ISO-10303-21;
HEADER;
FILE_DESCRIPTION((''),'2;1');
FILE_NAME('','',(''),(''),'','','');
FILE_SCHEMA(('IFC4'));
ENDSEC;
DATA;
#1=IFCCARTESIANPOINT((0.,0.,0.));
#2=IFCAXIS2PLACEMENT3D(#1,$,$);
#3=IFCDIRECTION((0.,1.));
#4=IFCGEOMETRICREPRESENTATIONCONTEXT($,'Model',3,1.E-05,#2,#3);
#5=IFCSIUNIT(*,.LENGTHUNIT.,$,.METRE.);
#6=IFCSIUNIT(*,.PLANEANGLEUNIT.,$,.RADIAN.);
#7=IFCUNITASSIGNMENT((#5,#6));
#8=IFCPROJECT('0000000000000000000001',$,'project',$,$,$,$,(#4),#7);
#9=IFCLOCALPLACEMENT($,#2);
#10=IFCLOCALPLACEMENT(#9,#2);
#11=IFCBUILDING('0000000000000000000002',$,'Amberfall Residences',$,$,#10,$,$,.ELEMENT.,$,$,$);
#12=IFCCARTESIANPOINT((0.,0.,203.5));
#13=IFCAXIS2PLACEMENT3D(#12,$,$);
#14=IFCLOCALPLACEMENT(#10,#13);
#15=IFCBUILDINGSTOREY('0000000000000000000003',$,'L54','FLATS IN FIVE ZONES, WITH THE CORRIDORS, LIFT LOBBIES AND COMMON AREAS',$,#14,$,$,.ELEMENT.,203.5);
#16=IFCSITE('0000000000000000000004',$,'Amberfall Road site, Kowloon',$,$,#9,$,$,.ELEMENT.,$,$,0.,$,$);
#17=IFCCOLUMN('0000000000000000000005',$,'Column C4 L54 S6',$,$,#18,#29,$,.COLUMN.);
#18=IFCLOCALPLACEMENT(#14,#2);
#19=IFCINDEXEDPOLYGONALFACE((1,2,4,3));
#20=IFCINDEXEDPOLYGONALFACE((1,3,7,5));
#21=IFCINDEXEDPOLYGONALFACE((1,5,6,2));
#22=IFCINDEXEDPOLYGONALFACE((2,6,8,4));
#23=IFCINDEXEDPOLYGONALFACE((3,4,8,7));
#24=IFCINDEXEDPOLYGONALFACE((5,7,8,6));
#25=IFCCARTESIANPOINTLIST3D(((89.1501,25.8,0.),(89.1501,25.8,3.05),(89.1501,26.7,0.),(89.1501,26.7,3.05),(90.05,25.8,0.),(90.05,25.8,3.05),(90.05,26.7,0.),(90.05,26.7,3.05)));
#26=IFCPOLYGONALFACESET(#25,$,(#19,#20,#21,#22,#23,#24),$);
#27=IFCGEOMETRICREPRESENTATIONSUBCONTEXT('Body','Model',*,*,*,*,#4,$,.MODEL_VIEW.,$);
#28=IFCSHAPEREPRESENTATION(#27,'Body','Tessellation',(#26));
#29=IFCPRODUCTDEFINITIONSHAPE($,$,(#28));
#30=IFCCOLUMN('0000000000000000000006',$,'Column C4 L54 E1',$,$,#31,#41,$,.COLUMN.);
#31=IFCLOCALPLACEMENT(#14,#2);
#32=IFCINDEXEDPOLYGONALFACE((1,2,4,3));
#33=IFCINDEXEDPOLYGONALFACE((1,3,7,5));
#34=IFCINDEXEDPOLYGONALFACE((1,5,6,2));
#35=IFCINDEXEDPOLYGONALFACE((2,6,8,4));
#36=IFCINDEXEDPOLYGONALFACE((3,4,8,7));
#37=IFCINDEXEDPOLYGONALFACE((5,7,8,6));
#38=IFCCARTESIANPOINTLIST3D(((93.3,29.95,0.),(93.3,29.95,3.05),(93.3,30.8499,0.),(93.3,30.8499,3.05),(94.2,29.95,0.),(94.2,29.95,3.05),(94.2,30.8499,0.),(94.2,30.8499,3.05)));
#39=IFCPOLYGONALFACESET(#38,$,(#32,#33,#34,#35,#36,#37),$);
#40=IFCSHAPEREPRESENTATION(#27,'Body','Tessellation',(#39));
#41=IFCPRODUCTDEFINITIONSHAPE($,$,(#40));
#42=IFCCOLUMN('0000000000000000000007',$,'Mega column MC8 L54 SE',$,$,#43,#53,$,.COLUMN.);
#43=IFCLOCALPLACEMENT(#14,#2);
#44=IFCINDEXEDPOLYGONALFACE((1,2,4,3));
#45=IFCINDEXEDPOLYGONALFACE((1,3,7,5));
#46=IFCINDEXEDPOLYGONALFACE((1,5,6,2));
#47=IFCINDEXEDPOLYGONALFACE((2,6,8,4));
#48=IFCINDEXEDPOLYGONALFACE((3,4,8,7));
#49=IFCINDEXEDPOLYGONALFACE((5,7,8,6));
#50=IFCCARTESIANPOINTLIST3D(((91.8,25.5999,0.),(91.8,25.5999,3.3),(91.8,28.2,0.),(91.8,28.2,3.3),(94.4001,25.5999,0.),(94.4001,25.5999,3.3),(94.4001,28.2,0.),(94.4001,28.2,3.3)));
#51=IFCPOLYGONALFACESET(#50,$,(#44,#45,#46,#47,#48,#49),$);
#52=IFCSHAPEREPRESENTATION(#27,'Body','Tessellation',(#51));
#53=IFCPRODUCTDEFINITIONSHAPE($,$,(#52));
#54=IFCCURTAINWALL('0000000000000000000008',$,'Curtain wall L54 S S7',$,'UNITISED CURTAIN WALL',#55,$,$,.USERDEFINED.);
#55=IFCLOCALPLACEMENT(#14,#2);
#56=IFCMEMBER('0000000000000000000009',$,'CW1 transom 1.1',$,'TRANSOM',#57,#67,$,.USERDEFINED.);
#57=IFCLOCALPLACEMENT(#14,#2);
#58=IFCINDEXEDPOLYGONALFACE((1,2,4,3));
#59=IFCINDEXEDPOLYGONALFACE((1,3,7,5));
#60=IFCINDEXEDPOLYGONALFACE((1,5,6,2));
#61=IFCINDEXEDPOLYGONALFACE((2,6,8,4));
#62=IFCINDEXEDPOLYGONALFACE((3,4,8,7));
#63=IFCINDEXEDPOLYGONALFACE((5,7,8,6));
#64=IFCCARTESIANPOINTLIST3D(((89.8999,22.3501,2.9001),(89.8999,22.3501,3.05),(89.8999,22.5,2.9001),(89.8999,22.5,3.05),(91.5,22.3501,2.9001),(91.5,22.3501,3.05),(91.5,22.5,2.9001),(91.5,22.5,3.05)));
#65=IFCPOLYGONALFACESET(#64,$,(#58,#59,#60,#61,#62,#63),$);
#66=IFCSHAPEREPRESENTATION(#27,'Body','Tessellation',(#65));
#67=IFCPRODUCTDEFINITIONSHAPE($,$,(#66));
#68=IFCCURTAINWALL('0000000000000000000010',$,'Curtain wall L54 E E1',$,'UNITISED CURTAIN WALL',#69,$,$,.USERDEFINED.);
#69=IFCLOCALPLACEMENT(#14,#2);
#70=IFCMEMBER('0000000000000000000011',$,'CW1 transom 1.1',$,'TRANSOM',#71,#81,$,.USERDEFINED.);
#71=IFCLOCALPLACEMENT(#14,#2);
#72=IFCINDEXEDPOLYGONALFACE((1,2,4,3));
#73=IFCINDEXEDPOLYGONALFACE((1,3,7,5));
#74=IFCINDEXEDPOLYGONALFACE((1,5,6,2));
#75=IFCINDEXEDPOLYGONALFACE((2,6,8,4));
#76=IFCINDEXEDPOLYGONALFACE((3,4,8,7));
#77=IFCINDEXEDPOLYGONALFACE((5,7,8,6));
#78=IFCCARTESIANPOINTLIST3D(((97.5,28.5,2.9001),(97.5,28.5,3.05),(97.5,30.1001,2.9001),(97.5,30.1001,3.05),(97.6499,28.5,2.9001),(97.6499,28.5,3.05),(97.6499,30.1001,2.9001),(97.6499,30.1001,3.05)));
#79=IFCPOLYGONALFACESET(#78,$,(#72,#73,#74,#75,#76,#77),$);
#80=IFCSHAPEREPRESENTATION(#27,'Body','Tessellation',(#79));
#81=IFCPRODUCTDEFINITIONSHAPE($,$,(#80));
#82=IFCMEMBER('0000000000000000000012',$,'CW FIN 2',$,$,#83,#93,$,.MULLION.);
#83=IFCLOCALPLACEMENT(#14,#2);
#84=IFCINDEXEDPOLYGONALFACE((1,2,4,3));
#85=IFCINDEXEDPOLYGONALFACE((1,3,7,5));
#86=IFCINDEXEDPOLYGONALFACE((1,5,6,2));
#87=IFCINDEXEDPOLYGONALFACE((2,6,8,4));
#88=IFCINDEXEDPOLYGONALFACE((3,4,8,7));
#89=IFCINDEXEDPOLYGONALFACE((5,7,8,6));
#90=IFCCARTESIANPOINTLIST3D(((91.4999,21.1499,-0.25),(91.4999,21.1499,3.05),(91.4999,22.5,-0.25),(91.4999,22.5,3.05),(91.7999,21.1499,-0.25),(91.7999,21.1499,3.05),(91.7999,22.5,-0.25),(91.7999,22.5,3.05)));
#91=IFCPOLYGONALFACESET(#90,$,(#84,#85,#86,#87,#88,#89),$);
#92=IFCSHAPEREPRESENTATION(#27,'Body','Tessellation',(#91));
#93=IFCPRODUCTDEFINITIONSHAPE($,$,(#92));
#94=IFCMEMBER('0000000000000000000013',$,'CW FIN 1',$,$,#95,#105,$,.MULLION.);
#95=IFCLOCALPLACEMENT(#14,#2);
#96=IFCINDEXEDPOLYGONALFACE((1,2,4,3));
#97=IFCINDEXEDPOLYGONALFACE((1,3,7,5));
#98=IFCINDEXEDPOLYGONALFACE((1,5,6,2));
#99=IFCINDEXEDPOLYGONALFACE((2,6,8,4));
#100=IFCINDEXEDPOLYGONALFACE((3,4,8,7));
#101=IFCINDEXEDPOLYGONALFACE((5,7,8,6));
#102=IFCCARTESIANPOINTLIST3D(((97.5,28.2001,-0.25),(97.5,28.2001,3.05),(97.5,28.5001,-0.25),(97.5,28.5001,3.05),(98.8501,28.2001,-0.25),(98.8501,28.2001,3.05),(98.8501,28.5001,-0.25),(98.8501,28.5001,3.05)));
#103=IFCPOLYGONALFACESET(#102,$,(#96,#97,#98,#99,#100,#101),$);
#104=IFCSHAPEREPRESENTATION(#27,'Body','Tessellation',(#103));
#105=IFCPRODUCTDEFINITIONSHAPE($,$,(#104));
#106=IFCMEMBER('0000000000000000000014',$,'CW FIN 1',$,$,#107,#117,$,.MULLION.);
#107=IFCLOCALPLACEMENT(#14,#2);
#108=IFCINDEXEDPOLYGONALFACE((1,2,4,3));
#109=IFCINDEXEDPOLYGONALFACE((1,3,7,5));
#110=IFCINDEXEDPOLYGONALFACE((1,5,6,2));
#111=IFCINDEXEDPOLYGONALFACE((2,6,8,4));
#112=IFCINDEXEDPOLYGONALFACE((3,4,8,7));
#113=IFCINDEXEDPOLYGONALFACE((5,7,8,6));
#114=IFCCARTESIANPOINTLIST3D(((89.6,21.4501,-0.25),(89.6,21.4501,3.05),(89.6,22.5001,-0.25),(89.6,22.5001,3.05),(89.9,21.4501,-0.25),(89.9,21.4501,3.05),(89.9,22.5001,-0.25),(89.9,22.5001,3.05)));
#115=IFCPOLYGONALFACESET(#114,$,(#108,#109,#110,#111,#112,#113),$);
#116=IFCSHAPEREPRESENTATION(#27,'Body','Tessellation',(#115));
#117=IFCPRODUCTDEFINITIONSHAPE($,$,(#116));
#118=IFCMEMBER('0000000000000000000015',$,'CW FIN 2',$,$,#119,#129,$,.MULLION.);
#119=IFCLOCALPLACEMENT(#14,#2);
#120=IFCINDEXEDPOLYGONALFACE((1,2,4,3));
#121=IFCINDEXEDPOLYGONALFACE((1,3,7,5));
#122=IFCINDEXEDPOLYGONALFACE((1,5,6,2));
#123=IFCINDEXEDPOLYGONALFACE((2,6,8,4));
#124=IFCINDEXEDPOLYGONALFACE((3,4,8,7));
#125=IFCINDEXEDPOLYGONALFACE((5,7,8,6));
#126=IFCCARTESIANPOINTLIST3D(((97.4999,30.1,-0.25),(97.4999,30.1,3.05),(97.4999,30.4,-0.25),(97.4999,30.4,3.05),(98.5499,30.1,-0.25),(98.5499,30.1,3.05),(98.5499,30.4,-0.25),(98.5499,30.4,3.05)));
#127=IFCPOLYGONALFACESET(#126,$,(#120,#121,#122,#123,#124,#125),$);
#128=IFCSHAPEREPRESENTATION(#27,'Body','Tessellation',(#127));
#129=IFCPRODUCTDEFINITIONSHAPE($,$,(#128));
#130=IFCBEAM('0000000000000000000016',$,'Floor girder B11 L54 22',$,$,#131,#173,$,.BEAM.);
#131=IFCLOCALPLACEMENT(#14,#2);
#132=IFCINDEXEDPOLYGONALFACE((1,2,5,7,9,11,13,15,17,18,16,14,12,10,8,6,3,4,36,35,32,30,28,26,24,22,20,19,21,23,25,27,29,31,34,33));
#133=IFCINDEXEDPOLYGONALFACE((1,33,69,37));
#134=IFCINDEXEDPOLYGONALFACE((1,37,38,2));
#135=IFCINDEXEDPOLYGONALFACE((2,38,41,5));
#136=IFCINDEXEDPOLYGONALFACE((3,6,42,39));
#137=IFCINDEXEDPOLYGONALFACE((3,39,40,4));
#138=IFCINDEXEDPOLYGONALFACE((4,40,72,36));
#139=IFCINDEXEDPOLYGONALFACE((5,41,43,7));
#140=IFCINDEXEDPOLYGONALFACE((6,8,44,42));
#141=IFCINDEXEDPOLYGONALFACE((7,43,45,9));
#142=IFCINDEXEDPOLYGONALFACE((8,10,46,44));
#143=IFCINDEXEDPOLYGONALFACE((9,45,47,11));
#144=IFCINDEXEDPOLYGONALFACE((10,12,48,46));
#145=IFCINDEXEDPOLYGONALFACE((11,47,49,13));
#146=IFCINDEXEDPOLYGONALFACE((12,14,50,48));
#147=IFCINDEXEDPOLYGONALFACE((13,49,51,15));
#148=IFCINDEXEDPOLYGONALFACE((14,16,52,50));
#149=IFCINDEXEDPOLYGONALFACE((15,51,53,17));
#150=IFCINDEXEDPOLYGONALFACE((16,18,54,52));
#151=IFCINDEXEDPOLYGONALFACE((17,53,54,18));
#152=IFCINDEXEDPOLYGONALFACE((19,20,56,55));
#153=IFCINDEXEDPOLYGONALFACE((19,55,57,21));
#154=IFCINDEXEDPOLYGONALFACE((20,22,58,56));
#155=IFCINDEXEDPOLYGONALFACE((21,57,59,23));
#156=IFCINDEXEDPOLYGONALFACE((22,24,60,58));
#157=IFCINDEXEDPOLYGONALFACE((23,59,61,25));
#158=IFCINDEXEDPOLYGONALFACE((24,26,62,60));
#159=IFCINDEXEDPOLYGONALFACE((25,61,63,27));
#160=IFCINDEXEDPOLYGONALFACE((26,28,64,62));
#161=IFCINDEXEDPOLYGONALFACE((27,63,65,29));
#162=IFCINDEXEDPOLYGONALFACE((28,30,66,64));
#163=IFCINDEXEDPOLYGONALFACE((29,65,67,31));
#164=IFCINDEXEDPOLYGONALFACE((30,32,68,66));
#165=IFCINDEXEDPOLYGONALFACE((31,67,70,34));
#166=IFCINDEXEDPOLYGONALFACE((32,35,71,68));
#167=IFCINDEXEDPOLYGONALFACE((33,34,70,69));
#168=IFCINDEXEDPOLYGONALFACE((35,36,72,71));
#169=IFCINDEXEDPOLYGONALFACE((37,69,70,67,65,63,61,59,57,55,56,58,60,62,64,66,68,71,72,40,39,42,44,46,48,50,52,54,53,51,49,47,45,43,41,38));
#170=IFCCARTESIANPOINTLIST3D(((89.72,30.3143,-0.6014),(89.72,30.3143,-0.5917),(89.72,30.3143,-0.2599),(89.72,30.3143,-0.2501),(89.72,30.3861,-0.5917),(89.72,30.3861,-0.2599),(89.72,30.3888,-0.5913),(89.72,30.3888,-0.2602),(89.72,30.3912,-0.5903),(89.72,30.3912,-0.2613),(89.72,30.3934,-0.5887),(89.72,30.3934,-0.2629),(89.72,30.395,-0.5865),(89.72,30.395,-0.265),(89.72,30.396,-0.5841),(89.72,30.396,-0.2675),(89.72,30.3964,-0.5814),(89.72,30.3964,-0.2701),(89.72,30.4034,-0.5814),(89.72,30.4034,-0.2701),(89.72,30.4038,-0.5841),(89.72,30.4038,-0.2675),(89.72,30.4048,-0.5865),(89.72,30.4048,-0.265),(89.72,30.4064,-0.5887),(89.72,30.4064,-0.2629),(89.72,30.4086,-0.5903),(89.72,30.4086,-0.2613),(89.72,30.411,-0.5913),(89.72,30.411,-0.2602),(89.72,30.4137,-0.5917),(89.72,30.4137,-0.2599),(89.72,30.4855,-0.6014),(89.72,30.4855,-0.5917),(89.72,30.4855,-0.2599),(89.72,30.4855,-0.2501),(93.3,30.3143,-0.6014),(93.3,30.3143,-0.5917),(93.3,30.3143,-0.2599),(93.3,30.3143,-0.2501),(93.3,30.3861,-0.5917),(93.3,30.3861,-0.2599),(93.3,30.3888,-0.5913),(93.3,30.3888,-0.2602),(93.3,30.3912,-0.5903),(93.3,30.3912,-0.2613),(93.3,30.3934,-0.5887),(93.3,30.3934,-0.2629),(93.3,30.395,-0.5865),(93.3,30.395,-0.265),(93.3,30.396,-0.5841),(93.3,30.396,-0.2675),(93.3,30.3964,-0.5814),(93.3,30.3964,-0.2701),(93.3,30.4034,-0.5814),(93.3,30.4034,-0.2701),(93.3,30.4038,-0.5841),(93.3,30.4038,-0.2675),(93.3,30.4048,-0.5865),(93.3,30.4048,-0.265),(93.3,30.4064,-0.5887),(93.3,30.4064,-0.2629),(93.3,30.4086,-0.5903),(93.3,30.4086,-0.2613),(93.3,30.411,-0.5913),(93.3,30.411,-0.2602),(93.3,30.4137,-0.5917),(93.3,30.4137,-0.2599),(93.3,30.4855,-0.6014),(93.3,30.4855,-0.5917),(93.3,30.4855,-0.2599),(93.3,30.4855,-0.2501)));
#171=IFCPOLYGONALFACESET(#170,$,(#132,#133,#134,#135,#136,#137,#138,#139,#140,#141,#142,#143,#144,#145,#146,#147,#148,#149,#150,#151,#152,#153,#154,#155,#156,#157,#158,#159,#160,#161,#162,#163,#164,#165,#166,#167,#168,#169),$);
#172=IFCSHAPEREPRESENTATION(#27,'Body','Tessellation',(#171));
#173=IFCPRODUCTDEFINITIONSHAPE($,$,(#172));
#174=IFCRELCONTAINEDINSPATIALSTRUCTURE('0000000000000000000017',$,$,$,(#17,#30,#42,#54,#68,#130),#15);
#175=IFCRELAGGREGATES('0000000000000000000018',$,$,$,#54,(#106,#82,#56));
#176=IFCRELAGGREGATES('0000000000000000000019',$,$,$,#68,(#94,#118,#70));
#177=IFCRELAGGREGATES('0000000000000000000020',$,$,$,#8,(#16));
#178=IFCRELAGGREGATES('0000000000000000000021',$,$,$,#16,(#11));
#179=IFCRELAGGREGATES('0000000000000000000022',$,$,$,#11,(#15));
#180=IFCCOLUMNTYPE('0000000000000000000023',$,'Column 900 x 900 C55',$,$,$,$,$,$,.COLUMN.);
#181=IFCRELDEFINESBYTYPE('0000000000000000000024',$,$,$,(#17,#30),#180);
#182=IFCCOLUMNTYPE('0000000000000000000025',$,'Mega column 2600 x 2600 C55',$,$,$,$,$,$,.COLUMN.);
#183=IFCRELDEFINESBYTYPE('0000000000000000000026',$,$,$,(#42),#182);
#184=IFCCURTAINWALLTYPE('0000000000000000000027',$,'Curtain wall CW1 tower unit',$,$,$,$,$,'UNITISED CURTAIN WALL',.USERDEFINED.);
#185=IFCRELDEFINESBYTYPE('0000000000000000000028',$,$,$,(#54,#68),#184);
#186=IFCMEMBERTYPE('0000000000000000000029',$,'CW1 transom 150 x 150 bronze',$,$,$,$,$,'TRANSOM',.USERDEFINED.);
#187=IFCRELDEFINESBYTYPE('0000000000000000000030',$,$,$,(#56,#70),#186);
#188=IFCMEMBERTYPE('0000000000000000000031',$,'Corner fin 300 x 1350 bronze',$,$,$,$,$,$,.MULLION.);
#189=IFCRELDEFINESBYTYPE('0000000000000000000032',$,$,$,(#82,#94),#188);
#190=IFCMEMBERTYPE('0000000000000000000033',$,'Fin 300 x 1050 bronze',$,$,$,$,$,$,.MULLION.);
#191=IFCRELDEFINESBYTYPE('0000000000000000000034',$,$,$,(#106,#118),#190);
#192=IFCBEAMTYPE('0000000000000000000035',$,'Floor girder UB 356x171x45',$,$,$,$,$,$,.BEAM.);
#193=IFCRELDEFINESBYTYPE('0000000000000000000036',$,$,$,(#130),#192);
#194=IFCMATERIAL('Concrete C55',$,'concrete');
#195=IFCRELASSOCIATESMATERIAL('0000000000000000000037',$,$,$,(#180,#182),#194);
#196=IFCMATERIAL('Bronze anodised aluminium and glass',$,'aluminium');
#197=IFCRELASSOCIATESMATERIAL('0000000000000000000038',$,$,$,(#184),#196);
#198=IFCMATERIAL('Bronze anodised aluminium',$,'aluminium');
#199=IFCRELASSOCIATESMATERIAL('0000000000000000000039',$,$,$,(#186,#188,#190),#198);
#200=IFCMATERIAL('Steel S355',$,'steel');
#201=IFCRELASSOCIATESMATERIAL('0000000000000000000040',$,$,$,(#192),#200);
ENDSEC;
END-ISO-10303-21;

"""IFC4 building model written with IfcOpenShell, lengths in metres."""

from ifc_helpers import new_model, si_unit, direction, frame, origin, origin_2d, place, context, subcontext, project, spatial, rectangle, i_section, extrude, material, material_profile, profile_set, type_object, element, aggregate, save


model = new_model("IFC4")

# Units and contexts
model_context = context("Model", 3, precision=1e-05, world=origin(), true_north=direction((0.0, 1.0)))
body_context = subcontext(model_context, "Body", "Model", "MODEL_VIEW")
ifc_project = project(units=[si_unit("LENGTHUNIT", "METRE"), si_unit("PLANEANGLEUNIT", "RADIAN")], contexts=[model_context])

# Site, building, storey
site_placement = place(None, origin())
site = spatial("IfcSite", under=ifc_project, at=site_placement, Name="Amberfall Road site, Kowloon", CompositionType="ELEMENT", RefElevation=0.0)
building_placement = place(site_placement, origin())
building = spatial("IfcBuilding", under=site, at=building_placement, Name="Amberfall Residences", CompositionType="ELEMENT")
storey_placement = place(building_placement, frame((0.0, 0.0, 203.5)))
storey = spatial("IfcBuildingStorey", under=building, at=storey_placement, Name="L54", Description="FLATS IN FIVE ZONES, WITH THE CORRIDORS, LIFT LOBBIES AND COMMON AREAS", CompositionType="ELEMENT", Elevation=203.5)

# Columns
ifc_material_1 = material(Name="Concrete C55", Category="concrete")
ifc_material_profile_1 = material_profile(ifc_material_1, rectangle(XDim=0.8999, YDim=0.8999, at=origin_2d()), Name="Column 900 x 900 C55")
ifc_profile_set_1 = profile_set([ifc_material_profile_1], Name="Concrete C55")
column_type_1 = type_object("IfcColumnType", Name="Column 900 x 900 C55", PredefinedType="COLUMN", material=ifc_profile_set_1)
for number, where, z_axis, x_axis, name in (
    (1, (89.6001, 26.25, 0.0), (0.0, 0.0, 1.0), (1.0, 0.0, 0.0), "Column C4 L54 S6"),
    (2, (93.75, 30.3999, 0.0), (0.0, 0.0, 1.0), (1.0, 0.0, 0.0), "Column C4 L54 E1"),
):
    element("IfcColumn", number, at=place(storey_placement, frame(where, z_axis=z_axis, x_axis=x_axis)), inside=storey, type_object=column_type_1, Name=name, PredefinedType="COLUMN", context=body_context, shape_type="SweptSolid", body=[
        extrude(rectangle(XDim=0.8999, YDim=0.8999, at=origin_2d()), origin(), (0.0, 0.0, 1.0), 3.05),
    ])
ifc_material_profile_2 = material_profile(ifc_material_1, rectangle(XDim=2.6001, YDim=2.6001, at=origin_2d()), Name="Mega column 2600 x 2600 C55")
ifc_profile_set_2 = profile_set([ifc_material_profile_2], Name="Concrete C55")
column_type_2 = type_object("IfcColumnType", Name="Mega column 2600 x 2600 C55", PredefinedType="COLUMN", material=ifc_profile_set_2)
column_placement = place(storey_placement, frame((93.1001, 26.8999, 0.0), z_axis=(0.0, 0.0, 1.0), x_axis=(1.0, 0.0, 0.0)))
element("IfcColumn", 3, at=column_placement, inside=storey, type_object=column_type_2, Name="Mega column MC8 L54 SE", PredefinedType="COLUMN", context=body_context, shape_type="SweptSolid", body=[
    extrude(rectangle(XDim=2.6001, YDim=2.6001, at=origin_2d()), origin(), (0.0, 0.0, 1.0), 3.3),
])

# Curtain walls, members
ifc_material_2 = material(Name="Bronze anodised aluminium and glass", Category="aluminium")
curtain_wall_type = type_object("IfcCurtainWallType", Name="Curtain wall CW1 tower unit", ElementType="UNITISED CURTAIN WALL", PredefinedType="USERDEFINED", material=ifc_material_2)
curtain_wall_1_placement = place(storey_placement, origin())
curtain_wall_1 = element("IfcCurtainWall", 4, at=curtain_wall_1_placement, inside=storey, type_object=curtain_wall_type, Name="Curtain wall L54 S S7", ObjectType="UNITISED CURTAIN WALL", PredefinedType="USERDEFINED")
ifc_material_3 = material(Name="Bronze anodised aluminium", Category="aluminium")
ifc_material_profile_3 = material_profile(ifc_material_3, rectangle(XDim=0.1499, YDim=0.1499, at=origin_2d()), Name="CW1 transom 150 x 150 bronze")
ifc_profile_set_3 = profile_set([ifc_material_profile_3], Name="Bronze anodised aluminium")
member_type_1 = type_object("IfcMemberType", Name="CW1 transom 150 x 150 bronze", ElementType="TRANSOM", PredefinedType="USERDEFINED", material=ifc_profile_set_3)
member_1_placement = place(storey_placement, frame((89.8999, 22.425, 2.9751), z_axis=(1.0, 0.0, 0.0), x_axis=(0.0, 1.0, 0.0)))
member_1 = element("IfcMember", 5, at=member_1_placement, type_object=member_type_1, Name="CW1 transom 1.1", ObjectType="TRANSOM", PredefinedType="USERDEFINED", context=body_context, shape_type="SweptSolid", body=[
    extrude(rectangle(XDim=0.1499, YDim=0.1499, at=origin_2d()), origin(), (0.0, 0.0, 1.0), 1.6001),
])
curtain_wall_2_placement = place(storey_placement, origin())
curtain_wall_2 = element("IfcCurtainWall", 6, at=curtain_wall_2_placement, inside=storey, type_object=curtain_wall_type, Name="Curtain wall L54 E E1", ObjectType="UNITISED CURTAIN WALL", PredefinedType="USERDEFINED")
member_2_placement = place(storey_placement, frame((97.575, 28.5, 2.9751), z_axis=(0.0, 1.0, 0.0), x_axis=(-1.0, 0.0, 0.0)))
member_2 = element("IfcMember", 7, at=member_2_placement, type_object=member_type_1, Name="CW1 transom 1.1", ObjectType="TRANSOM", PredefinedType="USERDEFINED", context=body_context, shape_type="SweptSolid", body=[
    extrude(rectangle(XDim=0.1499, YDim=0.1499, at=origin_2d()), origin(), (0.0, 0.0, 1.0), 1.6001),
])

# Members
ifc_material_profile_4 = material_profile(ifc_material_3, rectangle(XDim=1.3501, YDim=0.3, at=origin_2d()), Name="Corner fin 300 x 1350 bronze")
ifc_profile_set_4 = profile_set([ifc_material_profile_4], Name="Bronze anodised aluminium")
member_type_2 = type_object("IfcMemberType", Name="Corner fin 300 x 1350 bronze", PredefinedType="MULLION", material=ifc_profile_set_4)
member_3_placement = place(storey_placement, frame((91.6499, 21.825, -0.25), z_axis=(0.0, 0.0, 1.0), x_axis=(0.0, 1.0, 0.0)))
member_3 = element("IfcMember", 8, at=member_3_placement, type_object=member_type_2, Name="CW FIN 2", PredefinedType="MULLION", context=body_context, shape_type="SweptSolid", body=[
    extrude(rectangle(XDim=1.3501, YDim=0.3, at=origin_2d()), origin(), (0.0, 0.0, 1.0), 3.3),
])
member_4_placement = place(storey_placement, frame((98.175, 28.3501, -0.25), z_axis=(0.0, 0.0, 1.0), x_axis=(-1.0, 0.0, 0.0)))
member_4 = element("IfcMember", 9, at=member_4_placement, type_object=member_type_2, Name="CW FIN 1", PredefinedType="MULLION", context=body_context, shape_type="SweptSolid", body=[
    extrude(rectangle(XDim=1.3501, YDim=0.3, at=origin_2d()), origin(), (0.0, 0.0, 1.0), 3.3),
])
ifc_material_profile_5 = material_profile(ifc_material_3, rectangle(XDim=1.05, YDim=0.3, at=origin_2d()), Name="Fin 300 x 1050 bronze")
ifc_profile_set_5 = profile_set([ifc_material_profile_5], Name="Bronze anodised aluminium")
member_type_3 = type_object("IfcMemberType", Name="Fin 300 x 1050 bronze", PredefinedType="MULLION", material=ifc_profile_set_5)
member_5_placement = place(storey_placement, frame((89.75, 21.9751, -0.25), z_axis=(0.0, 0.0, 1.0), x_axis=(0.0, 1.0, 0.0)))
member_5 = element("IfcMember", 10, at=member_5_placement, type_object=member_type_3, Name="CW FIN 1", PredefinedType="MULLION", context=body_context, shape_type="SweptSolid", body=[
    extrude(rectangle(XDim=1.05, YDim=0.3, at=origin_2d()), origin(), (0.0, 0.0, 1.0), 3.3),
])
member_6_placement = place(storey_placement, frame((98.0249, 30.25, -0.25), z_axis=(0.0, 0.0, 1.0), x_axis=(-1.0, 0.0, 0.0)))
member_6 = element("IfcMember", 11, at=member_6_placement, type_object=member_type_3, Name="CW FIN 2", PredefinedType="MULLION", context=body_context, shape_type="SweptSolid", body=[
    extrude(rectangle(XDim=1.05, YDim=0.3, at=origin_2d()), origin(), (0.0, 0.0, 1.0), 3.3),
])

# Beam
ifc_material_4 = material(Name="Steel S355", Category="steel")
ifc_material_profile_6 = material_profile(ifc_material_4, i_section(OverallWidth=0.1711, OverallDepth=0.3513, WebThickness=0.0071, FlangeThickness=0.0098, FilletRadius=0.0103, at=origin_2d()), Name="UB 356x171x45")
ifc_profile_set_6 = profile_set([ifc_material_profile_6], Name="Steel S355")
beam_type_1 = type_object("IfcBeamType", Name="Floor girder UB 356x171x45", PredefinedType="BEAM", material=ifc_profile_set_6)
beam_1_placement = place(storey_placement, frame((93.3, 30.3999, -0.4258), z_axis=(-1.0, 0.0, 0.0), x_axis=(0.0, -1.0, 0.0)))
element("IfcBeam", 12, at=beam_1_placement, inside=storey, type_object=beam_type_1, Name="Floor girder B11 L54 22", PredefinedType="BEAM", context=body_context, shape_type="SweptSolid", body=[
    extrude(i_section(OverallWidth=0.1711, OverallDepth=0.3513, WebThickness=0.0071, FlangeThickness=0.0098, FilletRadius=0.0103, at=origin_2d()), origin(), (0.0, 0.0, 1.0), 3.5801),
])

aggregate(curtain_wall_1, [member_5, member_3, member_1])
aggregate(curtain_wall_2, [member_4, member_6, member_2])

save(model, "model.ifc")
